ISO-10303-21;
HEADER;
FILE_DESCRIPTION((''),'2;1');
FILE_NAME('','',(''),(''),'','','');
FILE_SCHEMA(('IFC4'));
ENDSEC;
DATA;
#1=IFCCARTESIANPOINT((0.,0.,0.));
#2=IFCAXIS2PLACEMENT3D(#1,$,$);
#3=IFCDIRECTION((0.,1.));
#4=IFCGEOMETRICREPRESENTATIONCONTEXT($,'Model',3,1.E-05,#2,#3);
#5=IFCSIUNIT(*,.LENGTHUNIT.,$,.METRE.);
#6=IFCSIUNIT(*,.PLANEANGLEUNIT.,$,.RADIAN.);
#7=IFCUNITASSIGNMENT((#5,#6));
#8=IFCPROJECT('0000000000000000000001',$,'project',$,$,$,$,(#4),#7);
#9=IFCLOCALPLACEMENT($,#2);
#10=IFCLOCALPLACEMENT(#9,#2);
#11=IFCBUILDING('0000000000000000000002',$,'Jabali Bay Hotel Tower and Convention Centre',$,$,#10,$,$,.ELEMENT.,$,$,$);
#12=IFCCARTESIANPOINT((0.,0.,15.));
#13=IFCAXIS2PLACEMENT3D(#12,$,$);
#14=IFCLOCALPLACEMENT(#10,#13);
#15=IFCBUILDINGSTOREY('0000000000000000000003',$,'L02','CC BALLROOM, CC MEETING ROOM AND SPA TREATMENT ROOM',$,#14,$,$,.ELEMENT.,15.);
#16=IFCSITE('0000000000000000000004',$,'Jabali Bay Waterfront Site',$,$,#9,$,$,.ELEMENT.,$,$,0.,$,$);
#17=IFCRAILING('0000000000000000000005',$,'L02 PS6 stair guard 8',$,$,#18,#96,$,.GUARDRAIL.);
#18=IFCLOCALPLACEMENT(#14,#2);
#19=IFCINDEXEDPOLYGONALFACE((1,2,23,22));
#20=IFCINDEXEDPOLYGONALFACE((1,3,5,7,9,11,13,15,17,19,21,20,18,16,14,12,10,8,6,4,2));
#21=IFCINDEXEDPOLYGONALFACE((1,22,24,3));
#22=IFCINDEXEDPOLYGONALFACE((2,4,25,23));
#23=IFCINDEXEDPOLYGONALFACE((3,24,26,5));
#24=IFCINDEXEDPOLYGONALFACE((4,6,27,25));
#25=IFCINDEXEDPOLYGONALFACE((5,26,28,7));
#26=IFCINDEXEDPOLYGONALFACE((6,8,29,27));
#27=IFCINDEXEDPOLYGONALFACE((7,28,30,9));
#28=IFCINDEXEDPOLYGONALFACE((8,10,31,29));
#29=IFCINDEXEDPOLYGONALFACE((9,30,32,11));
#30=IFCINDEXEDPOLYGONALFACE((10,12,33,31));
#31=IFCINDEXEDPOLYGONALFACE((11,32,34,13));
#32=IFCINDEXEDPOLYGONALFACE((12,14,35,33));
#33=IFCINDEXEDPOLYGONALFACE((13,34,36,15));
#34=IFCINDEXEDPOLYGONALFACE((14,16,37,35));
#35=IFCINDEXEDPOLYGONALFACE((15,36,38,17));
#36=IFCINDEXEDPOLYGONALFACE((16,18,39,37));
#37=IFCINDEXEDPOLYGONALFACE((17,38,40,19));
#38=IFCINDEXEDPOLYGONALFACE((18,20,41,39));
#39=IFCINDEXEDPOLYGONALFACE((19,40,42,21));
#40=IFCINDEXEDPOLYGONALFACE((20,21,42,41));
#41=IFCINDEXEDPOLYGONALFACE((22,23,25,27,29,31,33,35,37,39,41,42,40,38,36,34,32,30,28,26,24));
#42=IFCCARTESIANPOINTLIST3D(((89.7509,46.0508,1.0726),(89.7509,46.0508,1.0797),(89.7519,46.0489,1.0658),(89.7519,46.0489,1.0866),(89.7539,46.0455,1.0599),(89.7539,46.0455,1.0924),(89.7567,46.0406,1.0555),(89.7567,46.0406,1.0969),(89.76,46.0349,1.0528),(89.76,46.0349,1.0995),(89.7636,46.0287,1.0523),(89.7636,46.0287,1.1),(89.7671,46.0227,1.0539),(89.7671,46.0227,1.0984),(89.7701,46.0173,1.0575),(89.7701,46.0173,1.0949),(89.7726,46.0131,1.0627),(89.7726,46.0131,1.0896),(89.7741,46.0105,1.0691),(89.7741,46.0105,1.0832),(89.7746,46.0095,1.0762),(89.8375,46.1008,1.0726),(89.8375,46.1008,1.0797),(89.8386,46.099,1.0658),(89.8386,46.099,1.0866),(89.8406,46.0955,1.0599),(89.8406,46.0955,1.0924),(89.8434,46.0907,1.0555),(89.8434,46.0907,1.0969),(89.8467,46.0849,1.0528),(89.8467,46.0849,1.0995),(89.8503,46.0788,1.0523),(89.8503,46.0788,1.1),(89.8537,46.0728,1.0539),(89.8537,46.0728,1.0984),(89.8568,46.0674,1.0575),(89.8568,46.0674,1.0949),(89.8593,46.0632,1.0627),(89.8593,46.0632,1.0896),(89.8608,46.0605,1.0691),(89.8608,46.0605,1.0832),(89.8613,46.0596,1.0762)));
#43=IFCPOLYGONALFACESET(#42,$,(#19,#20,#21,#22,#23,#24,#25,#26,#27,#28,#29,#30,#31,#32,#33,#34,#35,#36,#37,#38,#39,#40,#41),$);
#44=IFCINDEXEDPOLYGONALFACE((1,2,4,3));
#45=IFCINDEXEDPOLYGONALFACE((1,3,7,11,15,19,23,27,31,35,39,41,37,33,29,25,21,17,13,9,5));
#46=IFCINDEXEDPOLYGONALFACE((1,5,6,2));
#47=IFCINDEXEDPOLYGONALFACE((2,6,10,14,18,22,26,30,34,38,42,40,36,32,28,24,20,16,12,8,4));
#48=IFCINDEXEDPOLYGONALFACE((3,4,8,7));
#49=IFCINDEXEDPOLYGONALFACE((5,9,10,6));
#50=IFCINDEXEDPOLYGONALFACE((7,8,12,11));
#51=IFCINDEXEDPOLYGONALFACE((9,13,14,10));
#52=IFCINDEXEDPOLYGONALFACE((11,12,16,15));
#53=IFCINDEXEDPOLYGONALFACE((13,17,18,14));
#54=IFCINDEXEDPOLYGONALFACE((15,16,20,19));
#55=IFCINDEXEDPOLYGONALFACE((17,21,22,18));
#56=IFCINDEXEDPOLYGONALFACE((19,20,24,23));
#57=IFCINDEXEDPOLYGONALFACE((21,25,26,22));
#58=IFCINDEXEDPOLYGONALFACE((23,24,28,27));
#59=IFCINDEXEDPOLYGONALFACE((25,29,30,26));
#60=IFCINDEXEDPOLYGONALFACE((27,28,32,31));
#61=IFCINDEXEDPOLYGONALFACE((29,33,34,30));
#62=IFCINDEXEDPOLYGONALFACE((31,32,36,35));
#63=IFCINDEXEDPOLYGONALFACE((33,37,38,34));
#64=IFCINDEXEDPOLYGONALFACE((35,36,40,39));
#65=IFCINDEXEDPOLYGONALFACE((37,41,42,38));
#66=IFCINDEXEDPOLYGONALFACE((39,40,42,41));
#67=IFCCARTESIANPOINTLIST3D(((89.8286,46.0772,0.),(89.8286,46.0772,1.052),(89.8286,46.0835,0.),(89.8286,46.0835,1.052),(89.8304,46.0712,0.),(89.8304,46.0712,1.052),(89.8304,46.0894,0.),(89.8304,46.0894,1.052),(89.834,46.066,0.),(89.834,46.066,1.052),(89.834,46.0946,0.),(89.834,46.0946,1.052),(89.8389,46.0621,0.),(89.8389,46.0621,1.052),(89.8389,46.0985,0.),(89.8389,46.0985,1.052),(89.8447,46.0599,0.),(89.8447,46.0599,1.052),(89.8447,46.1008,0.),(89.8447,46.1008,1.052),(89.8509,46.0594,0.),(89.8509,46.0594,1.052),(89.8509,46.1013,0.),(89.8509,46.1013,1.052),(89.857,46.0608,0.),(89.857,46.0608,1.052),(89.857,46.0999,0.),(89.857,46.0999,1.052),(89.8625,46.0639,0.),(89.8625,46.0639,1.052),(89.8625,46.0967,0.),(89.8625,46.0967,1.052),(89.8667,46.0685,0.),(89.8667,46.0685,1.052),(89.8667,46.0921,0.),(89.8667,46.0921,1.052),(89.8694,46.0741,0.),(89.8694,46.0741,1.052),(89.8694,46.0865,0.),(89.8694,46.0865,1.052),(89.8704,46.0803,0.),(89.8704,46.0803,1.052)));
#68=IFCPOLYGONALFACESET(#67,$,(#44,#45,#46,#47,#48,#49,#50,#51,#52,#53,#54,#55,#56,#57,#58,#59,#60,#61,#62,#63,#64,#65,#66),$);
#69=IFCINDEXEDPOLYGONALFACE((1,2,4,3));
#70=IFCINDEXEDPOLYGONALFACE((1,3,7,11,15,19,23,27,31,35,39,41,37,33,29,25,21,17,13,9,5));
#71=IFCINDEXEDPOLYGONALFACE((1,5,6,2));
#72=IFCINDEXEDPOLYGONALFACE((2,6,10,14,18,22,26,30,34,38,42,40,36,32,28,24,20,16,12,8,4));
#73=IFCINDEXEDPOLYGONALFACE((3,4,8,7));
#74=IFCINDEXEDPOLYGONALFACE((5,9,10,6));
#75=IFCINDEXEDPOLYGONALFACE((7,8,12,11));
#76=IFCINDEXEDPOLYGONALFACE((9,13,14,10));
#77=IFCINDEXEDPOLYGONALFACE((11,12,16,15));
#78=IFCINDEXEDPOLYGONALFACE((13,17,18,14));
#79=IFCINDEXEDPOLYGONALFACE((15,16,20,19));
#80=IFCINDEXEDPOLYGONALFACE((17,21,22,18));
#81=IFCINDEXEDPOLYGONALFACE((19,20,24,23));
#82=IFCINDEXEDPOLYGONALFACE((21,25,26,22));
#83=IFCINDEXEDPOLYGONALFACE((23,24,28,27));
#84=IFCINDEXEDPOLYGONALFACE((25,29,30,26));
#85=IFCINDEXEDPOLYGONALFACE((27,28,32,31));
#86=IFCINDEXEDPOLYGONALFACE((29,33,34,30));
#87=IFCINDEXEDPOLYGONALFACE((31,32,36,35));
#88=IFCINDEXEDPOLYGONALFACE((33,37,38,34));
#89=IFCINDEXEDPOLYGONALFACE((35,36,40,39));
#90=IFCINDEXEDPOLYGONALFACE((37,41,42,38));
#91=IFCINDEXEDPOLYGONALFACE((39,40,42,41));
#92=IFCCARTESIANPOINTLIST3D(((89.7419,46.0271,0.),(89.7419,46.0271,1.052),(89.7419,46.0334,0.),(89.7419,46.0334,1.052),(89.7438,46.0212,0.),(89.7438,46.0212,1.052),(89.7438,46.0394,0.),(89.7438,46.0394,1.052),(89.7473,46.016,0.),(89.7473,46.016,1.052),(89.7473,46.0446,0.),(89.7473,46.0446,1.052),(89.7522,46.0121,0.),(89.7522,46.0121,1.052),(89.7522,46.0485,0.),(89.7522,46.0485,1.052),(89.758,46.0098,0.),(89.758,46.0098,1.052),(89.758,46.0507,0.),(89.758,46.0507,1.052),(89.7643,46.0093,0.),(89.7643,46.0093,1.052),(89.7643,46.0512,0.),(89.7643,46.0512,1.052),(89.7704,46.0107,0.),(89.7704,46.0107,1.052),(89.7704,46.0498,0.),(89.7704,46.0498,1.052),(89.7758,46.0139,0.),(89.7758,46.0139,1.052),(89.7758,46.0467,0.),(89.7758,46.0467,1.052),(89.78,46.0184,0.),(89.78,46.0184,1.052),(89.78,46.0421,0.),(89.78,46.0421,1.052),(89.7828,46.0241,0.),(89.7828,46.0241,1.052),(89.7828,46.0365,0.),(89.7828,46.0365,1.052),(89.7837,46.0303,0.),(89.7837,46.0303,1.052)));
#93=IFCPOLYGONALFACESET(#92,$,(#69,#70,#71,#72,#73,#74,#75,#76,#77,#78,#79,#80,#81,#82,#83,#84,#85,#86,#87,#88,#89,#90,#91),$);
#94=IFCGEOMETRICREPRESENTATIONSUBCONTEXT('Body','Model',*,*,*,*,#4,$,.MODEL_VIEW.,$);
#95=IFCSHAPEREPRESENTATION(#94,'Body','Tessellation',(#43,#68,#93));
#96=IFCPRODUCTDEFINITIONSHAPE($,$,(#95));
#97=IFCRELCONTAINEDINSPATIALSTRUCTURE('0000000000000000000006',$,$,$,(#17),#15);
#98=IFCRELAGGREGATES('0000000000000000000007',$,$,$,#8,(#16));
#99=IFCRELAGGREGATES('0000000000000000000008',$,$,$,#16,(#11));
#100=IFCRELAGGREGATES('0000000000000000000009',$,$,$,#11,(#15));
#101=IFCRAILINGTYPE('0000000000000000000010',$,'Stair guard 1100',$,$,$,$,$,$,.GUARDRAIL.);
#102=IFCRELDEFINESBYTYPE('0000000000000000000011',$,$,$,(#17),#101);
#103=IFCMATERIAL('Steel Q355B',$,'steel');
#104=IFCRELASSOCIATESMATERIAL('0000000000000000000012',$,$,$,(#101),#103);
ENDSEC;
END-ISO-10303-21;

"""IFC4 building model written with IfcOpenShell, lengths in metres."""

from ifc_helpers import new_model, si_unit, direction, frame, origin, origin_2d, place, context, subcontext, project, spatial, circle, extrude, material, type_object, element, save


model = new_model("IFC4")

# Units and contexts
model_context = context("Model", 3, precision=1e-05, world=origin(), true_north=direction((0.0, 1.0)))
body_context = subcontext(model_context, "Body", "Model", "MODEL_VIEW")
ifc_project = project(units=[si_unit("LENGTHUNIT", "METRE"), si_unit("PLANEANGLEUNIT", "RADIAN")], contexts=[model_context])

# Site, building, storey
site_placement = place(None, origin())
site = spatial("IfcSite", under=ifc_project, at=site_placement, Name="Jabali Bay Waterfront Site", CompositionType="ELEMENT", RefElevation=0.0)
building_placement = place(site_placement, origin())
building = spatial("IfcBuilding", under=site, at=building_placement, Name="Jabali Bay Hotel Tower and Convention Centre", CompositionType="ELEMENT")
storey_placement = place(building_placement, frame((0.0, 0.0, 15.0)))
storey = spatial("IfcBuildingStorey", under=building, at=storey_placement, Name="L02", Description="CC BALLROOM, CC MEETING ROOM AND SPA TREATMENT ROOM", CompositionType="ELEMENT", Elevation=15.0)

# Railing
ifc_material_1 = material(Name="Steel Q355B", Category="steel")
railing_type_1 = type_object("IfcRailingType", Name="Stair guard 1100", PredefinedType="GUARDRAIL", material=ifc_material_1)
railing_1_placement = place(storey_placement, frame((89.8494, 46.0803, 0.0)))
element("IfcRailing", 1, at=railing_1_placement, inside=storey, type_object=railing_type_1, Name="L02 PS6 stair guard 8", PredefinedType="GUARDRAIL", context=body_context, shape_type="SweptSolid", body=[
    extrude(circle(Radius=0.0239, at=origin_2d()), frame((0.0, 0.0, 1.0762), z_axis=(-0.865982, -0.500074, 0.0), x_axis=(0.500074, -0.865982, 0.0)), (0.0, 0.0, 1.0), 0.1001),
    extrude(circle(Radius=0.021, at=origin_2d()), origin(), (0.0, 0.0, 1.0), 1.052),
    extrude(circle(Radius=0.021, at=origin_2d()), frame((-0.0867, -0.05, 0.0)), (0.0, 0.0, 1.0), 1.052),
])

save(model, "model.ifc")
